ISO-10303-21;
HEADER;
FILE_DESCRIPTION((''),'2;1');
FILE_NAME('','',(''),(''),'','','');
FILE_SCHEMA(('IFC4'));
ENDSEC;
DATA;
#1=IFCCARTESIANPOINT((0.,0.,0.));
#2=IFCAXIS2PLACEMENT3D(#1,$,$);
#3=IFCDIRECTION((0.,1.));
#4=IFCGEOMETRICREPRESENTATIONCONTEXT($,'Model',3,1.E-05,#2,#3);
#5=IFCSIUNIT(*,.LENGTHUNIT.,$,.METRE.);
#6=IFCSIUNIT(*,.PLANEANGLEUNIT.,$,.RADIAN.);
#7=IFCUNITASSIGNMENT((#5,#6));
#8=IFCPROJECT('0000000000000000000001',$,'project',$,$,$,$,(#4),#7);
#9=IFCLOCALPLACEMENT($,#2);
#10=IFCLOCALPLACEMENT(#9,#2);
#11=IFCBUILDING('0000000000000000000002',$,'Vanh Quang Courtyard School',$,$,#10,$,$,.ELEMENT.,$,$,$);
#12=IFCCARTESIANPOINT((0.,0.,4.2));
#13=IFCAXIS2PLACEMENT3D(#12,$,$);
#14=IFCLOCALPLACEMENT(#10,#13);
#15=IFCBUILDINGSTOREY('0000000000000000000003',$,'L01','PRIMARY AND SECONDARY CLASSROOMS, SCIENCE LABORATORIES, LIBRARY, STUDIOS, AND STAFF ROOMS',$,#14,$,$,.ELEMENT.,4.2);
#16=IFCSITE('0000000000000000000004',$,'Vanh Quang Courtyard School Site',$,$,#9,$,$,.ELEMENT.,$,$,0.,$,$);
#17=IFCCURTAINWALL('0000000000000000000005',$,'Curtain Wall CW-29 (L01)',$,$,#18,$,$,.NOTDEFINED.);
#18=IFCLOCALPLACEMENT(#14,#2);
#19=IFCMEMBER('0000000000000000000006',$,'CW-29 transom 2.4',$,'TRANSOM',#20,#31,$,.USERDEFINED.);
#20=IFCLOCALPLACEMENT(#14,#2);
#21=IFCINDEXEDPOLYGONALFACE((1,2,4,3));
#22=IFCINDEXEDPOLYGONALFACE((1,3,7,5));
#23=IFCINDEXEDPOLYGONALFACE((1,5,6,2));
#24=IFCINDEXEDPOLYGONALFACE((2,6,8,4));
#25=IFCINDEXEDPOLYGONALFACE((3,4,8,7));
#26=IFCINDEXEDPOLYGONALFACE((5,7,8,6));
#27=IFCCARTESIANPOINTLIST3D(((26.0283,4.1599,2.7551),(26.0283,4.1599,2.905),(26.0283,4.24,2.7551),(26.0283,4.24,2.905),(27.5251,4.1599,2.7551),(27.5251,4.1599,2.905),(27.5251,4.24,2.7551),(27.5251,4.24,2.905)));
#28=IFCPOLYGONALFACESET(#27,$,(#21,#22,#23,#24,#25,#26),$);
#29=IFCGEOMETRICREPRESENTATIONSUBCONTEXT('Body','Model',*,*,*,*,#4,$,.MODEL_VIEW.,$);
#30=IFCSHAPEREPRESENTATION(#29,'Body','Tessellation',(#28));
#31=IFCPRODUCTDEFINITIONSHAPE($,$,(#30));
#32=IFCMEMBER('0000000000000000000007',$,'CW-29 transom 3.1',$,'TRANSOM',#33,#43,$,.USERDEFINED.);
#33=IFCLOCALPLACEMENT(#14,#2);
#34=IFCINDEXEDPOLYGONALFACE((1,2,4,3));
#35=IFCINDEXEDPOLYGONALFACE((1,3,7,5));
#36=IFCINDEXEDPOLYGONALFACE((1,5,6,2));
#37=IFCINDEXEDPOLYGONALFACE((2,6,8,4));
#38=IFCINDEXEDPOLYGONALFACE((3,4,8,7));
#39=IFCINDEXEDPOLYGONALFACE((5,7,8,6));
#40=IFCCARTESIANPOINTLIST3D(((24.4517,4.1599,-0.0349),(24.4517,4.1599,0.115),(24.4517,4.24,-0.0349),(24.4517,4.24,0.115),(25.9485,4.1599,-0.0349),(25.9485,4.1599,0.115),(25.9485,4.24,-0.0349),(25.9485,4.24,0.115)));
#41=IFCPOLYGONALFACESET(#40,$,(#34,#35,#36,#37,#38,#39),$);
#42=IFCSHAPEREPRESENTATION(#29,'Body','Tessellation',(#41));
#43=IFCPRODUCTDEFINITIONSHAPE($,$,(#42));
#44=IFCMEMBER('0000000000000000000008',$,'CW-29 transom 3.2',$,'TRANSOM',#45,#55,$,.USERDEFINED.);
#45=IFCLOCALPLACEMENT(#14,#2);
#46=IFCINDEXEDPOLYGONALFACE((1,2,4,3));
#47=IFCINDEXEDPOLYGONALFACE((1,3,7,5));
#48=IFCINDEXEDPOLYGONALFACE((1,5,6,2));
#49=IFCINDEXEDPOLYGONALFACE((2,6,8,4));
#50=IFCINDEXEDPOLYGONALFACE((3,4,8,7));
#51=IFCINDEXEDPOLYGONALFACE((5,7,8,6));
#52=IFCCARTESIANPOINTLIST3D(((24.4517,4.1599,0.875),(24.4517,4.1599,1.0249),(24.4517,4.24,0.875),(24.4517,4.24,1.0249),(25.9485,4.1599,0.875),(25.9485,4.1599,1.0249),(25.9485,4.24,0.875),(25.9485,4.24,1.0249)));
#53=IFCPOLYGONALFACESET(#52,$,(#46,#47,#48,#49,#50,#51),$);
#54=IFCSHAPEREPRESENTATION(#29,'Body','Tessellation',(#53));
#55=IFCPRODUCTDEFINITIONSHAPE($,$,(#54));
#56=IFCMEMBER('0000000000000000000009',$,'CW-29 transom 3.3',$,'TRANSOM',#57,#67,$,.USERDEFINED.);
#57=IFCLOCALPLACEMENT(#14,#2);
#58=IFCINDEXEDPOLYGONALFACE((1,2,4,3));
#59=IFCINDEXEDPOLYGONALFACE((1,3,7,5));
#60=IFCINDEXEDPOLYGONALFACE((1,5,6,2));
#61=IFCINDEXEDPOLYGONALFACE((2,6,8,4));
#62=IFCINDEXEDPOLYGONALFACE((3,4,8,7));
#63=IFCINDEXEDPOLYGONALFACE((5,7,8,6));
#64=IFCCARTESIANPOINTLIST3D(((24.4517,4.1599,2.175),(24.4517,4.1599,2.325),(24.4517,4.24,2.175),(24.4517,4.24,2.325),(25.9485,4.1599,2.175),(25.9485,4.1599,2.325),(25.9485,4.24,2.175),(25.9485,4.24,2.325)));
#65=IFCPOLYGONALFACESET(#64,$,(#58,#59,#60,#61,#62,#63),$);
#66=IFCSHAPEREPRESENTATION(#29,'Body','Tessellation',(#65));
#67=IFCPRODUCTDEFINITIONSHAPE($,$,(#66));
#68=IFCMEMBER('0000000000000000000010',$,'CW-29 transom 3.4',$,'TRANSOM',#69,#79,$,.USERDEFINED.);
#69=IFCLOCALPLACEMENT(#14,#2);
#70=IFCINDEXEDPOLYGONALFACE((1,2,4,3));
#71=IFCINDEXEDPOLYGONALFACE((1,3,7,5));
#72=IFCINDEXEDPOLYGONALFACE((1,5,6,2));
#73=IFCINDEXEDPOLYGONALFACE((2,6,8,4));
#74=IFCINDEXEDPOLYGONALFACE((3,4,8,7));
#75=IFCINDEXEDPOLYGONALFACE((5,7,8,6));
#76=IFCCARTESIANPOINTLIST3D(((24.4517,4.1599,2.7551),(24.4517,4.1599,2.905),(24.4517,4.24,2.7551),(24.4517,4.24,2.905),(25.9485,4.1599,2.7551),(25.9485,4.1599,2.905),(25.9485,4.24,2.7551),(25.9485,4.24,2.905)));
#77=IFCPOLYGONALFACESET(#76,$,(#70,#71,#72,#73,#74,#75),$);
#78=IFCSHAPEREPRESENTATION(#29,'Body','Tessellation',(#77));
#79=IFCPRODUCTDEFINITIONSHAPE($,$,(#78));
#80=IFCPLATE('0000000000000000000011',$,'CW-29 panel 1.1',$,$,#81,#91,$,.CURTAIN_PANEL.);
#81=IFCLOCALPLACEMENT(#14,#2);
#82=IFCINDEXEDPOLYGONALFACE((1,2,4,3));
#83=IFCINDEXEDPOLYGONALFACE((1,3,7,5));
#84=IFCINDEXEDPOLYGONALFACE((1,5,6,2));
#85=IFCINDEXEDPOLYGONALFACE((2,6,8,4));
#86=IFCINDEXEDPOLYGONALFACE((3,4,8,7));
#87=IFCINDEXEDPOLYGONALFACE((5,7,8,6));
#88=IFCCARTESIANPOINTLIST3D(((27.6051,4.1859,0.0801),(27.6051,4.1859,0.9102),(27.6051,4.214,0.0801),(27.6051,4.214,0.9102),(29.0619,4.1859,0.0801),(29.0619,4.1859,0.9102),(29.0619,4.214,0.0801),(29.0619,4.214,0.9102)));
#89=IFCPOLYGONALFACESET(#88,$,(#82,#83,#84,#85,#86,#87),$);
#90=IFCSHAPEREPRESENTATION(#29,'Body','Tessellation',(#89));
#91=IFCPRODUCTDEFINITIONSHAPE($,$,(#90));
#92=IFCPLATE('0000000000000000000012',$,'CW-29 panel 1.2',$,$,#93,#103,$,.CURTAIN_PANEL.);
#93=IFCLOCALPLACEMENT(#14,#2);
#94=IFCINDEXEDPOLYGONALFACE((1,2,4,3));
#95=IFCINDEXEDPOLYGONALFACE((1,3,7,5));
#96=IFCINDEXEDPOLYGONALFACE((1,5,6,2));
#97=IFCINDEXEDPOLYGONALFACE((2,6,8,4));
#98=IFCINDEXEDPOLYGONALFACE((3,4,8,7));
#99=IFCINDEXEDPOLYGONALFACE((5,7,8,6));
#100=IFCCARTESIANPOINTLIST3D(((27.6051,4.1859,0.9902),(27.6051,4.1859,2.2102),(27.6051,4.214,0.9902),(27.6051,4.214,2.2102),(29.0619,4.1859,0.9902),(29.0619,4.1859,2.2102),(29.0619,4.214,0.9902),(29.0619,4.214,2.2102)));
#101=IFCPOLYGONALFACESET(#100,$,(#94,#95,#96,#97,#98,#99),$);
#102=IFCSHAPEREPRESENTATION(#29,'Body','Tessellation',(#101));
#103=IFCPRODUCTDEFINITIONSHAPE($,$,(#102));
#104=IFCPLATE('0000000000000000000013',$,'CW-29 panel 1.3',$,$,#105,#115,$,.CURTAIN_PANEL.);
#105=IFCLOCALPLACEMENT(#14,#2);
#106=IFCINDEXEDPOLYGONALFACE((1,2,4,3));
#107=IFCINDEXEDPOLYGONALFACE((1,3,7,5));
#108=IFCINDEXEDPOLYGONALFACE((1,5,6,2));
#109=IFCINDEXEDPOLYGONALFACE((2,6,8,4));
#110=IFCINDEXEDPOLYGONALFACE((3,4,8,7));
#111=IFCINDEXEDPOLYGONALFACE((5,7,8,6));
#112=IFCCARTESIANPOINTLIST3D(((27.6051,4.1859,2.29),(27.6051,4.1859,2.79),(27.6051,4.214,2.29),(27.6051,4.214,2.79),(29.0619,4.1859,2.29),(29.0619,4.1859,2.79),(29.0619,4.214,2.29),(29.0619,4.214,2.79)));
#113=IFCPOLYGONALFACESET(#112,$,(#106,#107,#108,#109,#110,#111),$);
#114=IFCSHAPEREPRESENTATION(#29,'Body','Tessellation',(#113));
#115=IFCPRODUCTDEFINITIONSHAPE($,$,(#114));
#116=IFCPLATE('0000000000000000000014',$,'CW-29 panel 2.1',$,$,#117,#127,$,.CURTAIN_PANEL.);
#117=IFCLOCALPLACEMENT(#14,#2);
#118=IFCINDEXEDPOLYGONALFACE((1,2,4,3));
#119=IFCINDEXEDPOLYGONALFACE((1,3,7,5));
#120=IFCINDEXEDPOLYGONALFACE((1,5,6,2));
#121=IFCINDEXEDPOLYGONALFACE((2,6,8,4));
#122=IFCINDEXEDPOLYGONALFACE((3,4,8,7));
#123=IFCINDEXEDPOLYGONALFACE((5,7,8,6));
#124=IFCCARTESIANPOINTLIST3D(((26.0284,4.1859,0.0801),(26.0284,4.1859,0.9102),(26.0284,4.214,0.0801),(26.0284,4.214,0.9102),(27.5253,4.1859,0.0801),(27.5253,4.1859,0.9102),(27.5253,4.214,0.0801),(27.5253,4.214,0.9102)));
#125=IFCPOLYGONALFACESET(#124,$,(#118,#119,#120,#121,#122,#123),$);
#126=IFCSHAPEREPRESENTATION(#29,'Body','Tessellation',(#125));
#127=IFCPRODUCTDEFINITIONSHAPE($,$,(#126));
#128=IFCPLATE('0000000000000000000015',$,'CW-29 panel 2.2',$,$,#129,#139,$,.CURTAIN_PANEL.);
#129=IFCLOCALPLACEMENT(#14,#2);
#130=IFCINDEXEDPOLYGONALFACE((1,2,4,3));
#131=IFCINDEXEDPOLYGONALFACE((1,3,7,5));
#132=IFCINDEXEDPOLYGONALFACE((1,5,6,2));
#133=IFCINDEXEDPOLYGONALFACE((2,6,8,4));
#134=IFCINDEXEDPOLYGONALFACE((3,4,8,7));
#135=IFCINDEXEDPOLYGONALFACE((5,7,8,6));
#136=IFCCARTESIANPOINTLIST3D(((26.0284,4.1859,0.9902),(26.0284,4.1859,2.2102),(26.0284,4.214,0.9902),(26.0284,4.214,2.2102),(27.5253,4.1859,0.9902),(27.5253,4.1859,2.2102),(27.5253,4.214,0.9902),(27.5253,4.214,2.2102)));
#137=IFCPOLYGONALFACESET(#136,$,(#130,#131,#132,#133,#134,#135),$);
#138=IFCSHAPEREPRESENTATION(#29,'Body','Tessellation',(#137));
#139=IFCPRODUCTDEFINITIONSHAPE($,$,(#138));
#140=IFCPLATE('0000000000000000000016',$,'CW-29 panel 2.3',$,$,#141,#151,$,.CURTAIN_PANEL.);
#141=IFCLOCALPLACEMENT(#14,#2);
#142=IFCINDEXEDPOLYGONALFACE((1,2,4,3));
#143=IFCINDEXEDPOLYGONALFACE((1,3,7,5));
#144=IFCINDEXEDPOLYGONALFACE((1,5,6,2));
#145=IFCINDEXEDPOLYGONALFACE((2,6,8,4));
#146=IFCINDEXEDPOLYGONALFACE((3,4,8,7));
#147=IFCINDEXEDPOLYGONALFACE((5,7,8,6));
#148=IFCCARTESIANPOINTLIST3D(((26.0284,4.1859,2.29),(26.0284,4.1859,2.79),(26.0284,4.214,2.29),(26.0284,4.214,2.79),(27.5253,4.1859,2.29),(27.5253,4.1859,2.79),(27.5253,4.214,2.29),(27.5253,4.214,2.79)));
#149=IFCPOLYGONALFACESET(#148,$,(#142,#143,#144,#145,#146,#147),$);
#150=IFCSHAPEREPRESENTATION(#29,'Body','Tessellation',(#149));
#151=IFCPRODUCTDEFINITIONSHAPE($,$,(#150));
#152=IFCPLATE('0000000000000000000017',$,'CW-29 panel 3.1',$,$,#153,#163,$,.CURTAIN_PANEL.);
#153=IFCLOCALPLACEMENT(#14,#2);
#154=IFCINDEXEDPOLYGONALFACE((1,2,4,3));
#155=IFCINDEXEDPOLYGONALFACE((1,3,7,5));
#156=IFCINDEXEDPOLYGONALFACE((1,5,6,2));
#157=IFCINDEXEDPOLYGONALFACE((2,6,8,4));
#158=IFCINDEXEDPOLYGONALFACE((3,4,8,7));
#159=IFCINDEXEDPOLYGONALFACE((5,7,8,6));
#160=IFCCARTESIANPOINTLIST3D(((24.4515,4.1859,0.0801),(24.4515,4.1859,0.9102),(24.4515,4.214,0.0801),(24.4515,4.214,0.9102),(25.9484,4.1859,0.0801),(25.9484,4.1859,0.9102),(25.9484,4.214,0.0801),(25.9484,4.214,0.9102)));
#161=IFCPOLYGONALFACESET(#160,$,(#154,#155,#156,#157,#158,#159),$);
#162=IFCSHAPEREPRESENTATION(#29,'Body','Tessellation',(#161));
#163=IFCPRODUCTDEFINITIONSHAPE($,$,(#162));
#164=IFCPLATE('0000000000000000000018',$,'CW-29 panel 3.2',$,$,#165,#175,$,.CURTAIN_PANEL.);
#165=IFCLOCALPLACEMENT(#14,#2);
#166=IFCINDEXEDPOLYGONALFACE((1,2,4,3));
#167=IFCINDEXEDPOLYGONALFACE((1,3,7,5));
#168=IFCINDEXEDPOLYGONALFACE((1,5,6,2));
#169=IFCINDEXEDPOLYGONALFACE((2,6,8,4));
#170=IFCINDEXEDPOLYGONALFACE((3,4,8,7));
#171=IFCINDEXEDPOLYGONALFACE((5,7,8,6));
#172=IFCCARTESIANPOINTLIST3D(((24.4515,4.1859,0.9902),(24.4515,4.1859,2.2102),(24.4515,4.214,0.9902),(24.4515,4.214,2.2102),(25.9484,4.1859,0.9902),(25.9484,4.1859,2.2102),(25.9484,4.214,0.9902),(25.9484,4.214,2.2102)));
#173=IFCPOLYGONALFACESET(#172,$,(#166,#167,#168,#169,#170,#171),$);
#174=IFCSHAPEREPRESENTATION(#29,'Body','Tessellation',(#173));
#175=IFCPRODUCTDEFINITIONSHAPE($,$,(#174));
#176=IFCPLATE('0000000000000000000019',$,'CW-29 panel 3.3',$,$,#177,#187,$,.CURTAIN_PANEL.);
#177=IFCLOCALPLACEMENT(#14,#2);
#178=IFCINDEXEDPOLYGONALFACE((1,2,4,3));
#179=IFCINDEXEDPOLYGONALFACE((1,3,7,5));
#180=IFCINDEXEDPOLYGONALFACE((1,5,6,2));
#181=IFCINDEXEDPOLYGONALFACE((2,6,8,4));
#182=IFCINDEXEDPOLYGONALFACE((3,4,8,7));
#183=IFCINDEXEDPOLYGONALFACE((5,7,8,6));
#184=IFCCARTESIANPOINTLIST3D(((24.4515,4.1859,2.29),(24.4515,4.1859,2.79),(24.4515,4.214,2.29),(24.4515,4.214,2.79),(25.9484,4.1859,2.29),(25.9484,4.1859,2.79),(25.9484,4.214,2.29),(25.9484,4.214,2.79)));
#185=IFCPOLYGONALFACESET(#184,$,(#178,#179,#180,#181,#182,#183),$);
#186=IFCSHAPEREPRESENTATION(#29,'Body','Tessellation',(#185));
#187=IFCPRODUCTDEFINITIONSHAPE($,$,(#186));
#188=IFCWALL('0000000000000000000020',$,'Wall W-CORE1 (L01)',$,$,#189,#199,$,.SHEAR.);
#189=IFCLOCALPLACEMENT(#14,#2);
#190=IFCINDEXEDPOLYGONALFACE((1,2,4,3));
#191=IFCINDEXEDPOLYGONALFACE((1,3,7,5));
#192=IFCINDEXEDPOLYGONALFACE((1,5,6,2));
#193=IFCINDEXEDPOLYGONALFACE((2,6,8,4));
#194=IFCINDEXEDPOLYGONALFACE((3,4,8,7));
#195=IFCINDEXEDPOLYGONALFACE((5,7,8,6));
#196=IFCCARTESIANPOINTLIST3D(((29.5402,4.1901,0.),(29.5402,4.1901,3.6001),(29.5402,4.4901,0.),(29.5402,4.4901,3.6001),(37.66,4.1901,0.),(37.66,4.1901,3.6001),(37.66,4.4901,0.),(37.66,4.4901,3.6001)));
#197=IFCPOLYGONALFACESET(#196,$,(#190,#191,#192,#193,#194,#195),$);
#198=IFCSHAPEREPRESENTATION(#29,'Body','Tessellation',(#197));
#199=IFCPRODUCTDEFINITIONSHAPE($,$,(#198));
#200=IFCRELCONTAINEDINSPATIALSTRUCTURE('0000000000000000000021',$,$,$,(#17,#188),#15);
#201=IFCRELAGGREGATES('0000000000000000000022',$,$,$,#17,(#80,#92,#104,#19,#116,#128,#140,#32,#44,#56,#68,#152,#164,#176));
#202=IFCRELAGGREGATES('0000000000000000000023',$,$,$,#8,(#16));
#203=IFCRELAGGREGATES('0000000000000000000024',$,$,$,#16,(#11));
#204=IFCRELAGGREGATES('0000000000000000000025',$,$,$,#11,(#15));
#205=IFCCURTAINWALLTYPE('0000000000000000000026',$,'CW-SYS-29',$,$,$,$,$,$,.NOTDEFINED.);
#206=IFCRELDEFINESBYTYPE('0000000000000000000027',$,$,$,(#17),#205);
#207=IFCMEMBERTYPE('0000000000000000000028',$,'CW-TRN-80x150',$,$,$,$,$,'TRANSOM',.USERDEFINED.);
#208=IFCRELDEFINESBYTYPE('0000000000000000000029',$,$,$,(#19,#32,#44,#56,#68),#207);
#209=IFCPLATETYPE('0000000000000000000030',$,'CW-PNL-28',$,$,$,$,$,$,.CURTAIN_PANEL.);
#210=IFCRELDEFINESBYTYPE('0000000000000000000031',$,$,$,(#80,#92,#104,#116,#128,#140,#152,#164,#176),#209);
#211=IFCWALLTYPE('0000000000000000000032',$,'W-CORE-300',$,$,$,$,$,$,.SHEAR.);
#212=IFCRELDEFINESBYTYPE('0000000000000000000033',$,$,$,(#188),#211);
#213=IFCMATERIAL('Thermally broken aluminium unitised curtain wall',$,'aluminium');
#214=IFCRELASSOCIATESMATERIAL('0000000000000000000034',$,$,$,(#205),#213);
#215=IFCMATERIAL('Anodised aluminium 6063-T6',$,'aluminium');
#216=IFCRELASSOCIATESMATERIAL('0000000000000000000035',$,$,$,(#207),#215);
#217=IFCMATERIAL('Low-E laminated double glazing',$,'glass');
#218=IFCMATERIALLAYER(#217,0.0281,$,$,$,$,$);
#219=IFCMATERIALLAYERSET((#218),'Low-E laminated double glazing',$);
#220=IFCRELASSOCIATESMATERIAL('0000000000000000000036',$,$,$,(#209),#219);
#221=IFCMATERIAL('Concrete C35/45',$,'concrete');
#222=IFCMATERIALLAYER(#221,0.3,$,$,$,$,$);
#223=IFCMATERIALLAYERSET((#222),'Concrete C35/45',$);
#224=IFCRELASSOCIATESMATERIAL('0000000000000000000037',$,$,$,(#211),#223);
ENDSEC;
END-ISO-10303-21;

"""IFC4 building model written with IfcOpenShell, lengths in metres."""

from ifc_helpers import new_model, si_unit, direction, frame, frame_2d, origin, origin_2d, place, context, subcontext, project, spatial, rectangle, extrude, material, layer, layer_set, material_profile, profile_set, type_object, element, aggregate, save


model = new_model("IFC4")

# Units and contexts
model_context = context("Model", 3, precision=1e-05, world=origin(), true_north=direction((0.0, 1.0)))
body_context = subcontext(model_context, "Body", "Model", "MODEL_VIEW")
ifc_project = project(units=[si_unit("LENGTHUNIT", "METRE"), si_unit("PLANEANGLEUNIT", "RADIAN")], contexts=[model_context])

# Site, building, storey
site_placement = place(None, origin())
site = spatial("IfcSite", under=ifc_project, at=site_placement, Name="Vanh Quang Courtyard School Site", CompositionType="ELEMENT", RefElevation=0.0)
building_placement = place(site_placement, origin())
building = spatial("IfcBuilding", under=site, at=building_placement, Name="Vanh Quang Courtyard School", CompositionType="ELEMENT")
storey_placement = place(building_placement, frame((0.0, 0.0, 4.2)))
storey = spatial("IfcBuildingStorey", under=building, at=storey_placement, Name="L01", Description="PRIMARY AND SECONDARY CLASSROOMS, SCIENCE LABORATORIES, LIBRARY, STUDIOS, AND STAFF ROOMS", CompositionType="ELEMENT", Elevation=4.2)

# Shared definitions
ifc_material_1 = material(Name="Concrete C35/45", Category="concrete")

# Curtain wall, members, plates
ifc_material_2 = material(Name="Thermally broken aluminium unitised curtain wall", Category="aluminium")
curtain_wall_type = type_object("IfcCurtainWallType", Name="CW-SYS-29", PredefinedType="NOTDEFINED", material=ifc_material_2)
curtain_wall_placement = place(storey_placement, origin())
curtain_wall = element("IfcCurtainWall", 1, at=curtain_wall_placement, inside=storey, type_object=curtain_wall_type, Name="Curtain Wall CW-29 (L01)", PredefinedType="NOTDEFINED")
ifc_material_3 = material(Name="Anodised aluminium 6063-T6", Category="aluminium")
ifc_material_profile_1 = material_profile(ifc_material_3, rectangle(XDim=0.0801, YDim=0.1499, at=origin_2d()), Name="ALU-TRN 80x150")
ifc_profile_set_1 = profile_set([ifc_material_profile_1], Name="Anodised aluminium 6063-T6")
member_type_1 = type_object("IfcMemberType", Name="CW-TRN-80x150", ElementType="TRANSOM", PredefinedType="USERDEFINED", material=ifc_profile_set_1)
member_1_placement = place(storey_placement, frame((27.5251, 4.2, 2.8301), z_axis=(-1.0, 0.0, 0.0), x_axis=(0.0, -1.0, 0.0)))
member_1 = element("IfcMember", 2, at=member_1_placement, type_object=member_type_1, Name="CW-29 transom 2.4", ObjectType="TRANSOM", PredefinedType="USERDEFINED", context=body_context, shape_type="SweptSolid", body=[
    extrude(rectangle(XDim=0.0801, YDim=0.1499, at=origin_2d()), origin(), (0.0, 0.0, 1.0), 1.4968),
])
member_2_placement = place(storey_placement, frame((25.9485, 4.2, 0.04), z_axis=(-1.0, 0.0, 0.0), x_axis=(0.0, -1.0, 0.0)))
member_2 = element("IfcMember", 3, at=member_2_placement, type_object=member_type_1, Name="CW-29 transom 3.1", ObjectType="TRANSOM", PredefinedType="USERDEFINED", context=body_context, shape_type="SweptSolid", body=[
    extrude(rectangle(XDim=0.0801, YDim=0.1499, at=origin_2d()), origin(), (0.0, 0.0, 1.0), 1.4968),
])
member_3_placement = place(storey_placement, frame((25.9485, 4.2, 0.95), z_axis=(-1.0, 0.0, 0.0), x_axis=(0.0, -1.0, 0.0)))
member_3 = element("IfcMember", 4, at=member_3_placement, type_object=member_type_1, Name="CW-29 transom 3.2", ObjectType="TRANSOM", PredefinedType="USERDEFINED", context=body_context, shape_type="SweptSolid", body=[
    extrude(rectangle(XDim=0.0801, YDim=0.1499, at=origin_2d()), origin(), (0.0, 0.0, 1.0), 1.4968),
])
member_4_placement = place(storey_placement, frame((25.9485, 4.2, 2.25), z_axis=(-1.0, 0.0, 0.0), x_axis=(0.0, -1.0, 0.0)))
member_4 = element("IfcMember", 5, at=member_4_placement, type_object=member_type_1, Name="CW-29 transom 3.3", ObjectType="TRANSOM", PredefinedType="USERDEFINED", context=body_context, shape_type="SweptSolid", body=[
    extrude(rectangle(XDim=0.0801, YDim=0.1499, at=origin_2d()), origin(), (0.0, 0.0, 1.0), 1.4968),
])
member_5_placement = place(storey_placement, frame((25.9485, 4.2, 2.8301), z_axis=(-1.0, 0.0, 0.0), x_axis=(0.0, -1.0, 0.0)))
member_5 = element("IfcMember", 6, at=member_5_placement, type_object=member_type_1, Name="CW-29 transom 3.4", ObjectType="TRANSOM", PredefinedType="USERDEFINED", context=body_context, shape_type="SweptSolid", body=[
    extrude(rectangle(XDim=0.0801, YDim=0.1499, at=origin_2d()), origin(), (0.0, 0.0, 1.0), 1.4968),
])
ifc_material_4 = material(Name="Low-E laminated double glazing", Category="glass")
ifc_layer_1 = layer(ifc_material_4, 0.0281)
ifc_layer_set_1 = layer_set([ifc_layer_1], Name="Low-E laminated double glazing")
plate_type = type_object("IfcPlateType", Name="CW-PNL-28", PredefinedType="CURTAIN_PANEL", material=ifc_layer_set_1)
plate_1_placement = place(storey_placement, frame((28.3335, 4.2, 0.0801), z_axis=(0.0, 0.0, 1.0), x_axis=(-1.0, 0.0, 0.0)))
plate_1 = element("IfcPlate", 7, at=plate_1_placement, type_object=plate_type, Name="CW-29 panel 1.1", PredefinedType="CURTAIN_PANEL", context=body_context, shape_type="SweptSolid", body=[
    extrude(rectangle(XDim=1.4568, YDim=0.0281, at=origin_2d()), origin(), (0.0, 0.0, 1.0), 0.8301),
])
plate_2_placement = place(storey_placement, frame((28.3335, 4.2, 0.9902), z_axis=(0.0, 0.0, 1.0), x_axis=(-1.0, 0.0, 0.0)))
plate_2 = element("IfcPlate", 8, at=plate_2_placement, type_object=plate_type, Name="CW-29 panel 1.2", PredefinedType="CURTAIN_PANEL", context=body_context, shape_type="SweptSolid", body=[
    extrude(rectangle(XDim=1.4568, YDim=0.0281, at=origin_2d()), origin(), (0.0, 0.0, 1.0), 1.22),
])
plate_3_placement = place(storey_placement, frame((28.3335, 4.2, 2.29), z_axis=(0.0, 0.0, 1.0), x_axis=(-1.0, 0.0, 0.0)))
plate_3 = element("IfcPlate", 9, at=plate_3_placement, type_object=plate_type, Name="CW-29 panel 1.3", PredefinedType="CURTAIN_PANEL", context=body_context, shape_type="SweptSolid", body=[
    extrude(rectangle(XDim=1.4568, YDim=0.0281, at=origin_2d()), origin(), (0.0, 0.0, 1.0), 0.5),
])
plate_4_placement = place(storey_placement, frame((26.7769, 4.2, 0.0801), z_axis=(0.0, 0.0, 1.0), x_axis=(-1.0, 0.0, 0.0)))
plate_4 = element("IfcPlate", 10, at=plate_4_placement, type_object=plate_type, Name="CW-29 panel 2.1", PredefinedType="CURTAIN_PANEL", context=body_context, shape_type="SweptSolid", body=[
    extrude(rectangle(XDim=1.4968, YDim=0.0281, at=origin_2d()), origin(), (0.0, 0.0, 1.0), 0.8301),
])
plate_5_placement = place(storey_placement, frame((26.7769, 4.2, 0.9902), z_axis=(0.0, 0.0, 1.0), x_axis=(-1.0, 0.0, 0.0)))
plate_5 = element("IfcPlate", 11, at=plate_5_placement, type_object=plate_type, Name="CW-29 panel 2.2", PredefinedType="CURTAIN_PANEL", context=body_context, shape_type="SweptSolid", body=[
    extrude(rectangle(XDim=1.4968, YDim=0.0281, at=origin_2d()), origin(), (0.0, 0.0, 1.0), 1.22),
])
plate_6_placement = place(storey_placement, frame((26.7769, 4.2, 2.29), z_axis=(0.0, 0.0, 1.0), x_axis=(-1.0, 0.0, 0.0)))
plate_6 = element("IfcPlate", 12, at=plate_6_placement, type_object=plate_type, Name="CW-29 panel 2.3", PredefinedType="CURTAIN_PANEL", context=body_context, shape_type="SweptSolid", body=[
    extrude(rectangle(XDim=1.4968, YDim=0.0281, at=origin_2d()), origin(), (0.0, 0.0, 1.0), 0.5),
])
plate_7_placement = place(storey_placement, frame((25.2, 4.2, 0.0801), z_axis=(0.0, 0.0, 1.0), x_axis=(-1.0, 0.0, 0.0)))
plate_7 = element("IfcPlate", 13, at=plate_7_placement, type_object=plate_type, Name="CW-29 panel 3.1", PredefinedType="CURTAIN_PANEL", context=body_context, shape_type="SweptSolid", body=[
    extrude(rectangle(XDim=1.4968, YDim=0.0281, at=origin_2d()), origin(), (0.0, 0.0, 1.0), 0.8301),
])
plate_8_placement = place(storey_placement, frame((25.2, 4.2, 0.9902), z_axis=(0.0, 0.0, 1.0), x_axis=(-1.0, 0.0, 0.0)))
plate_8 = element("IfcPlate", 14, at=plate_8_placement, type_object=plate_type, Name="CW-29 panel 3.2", PredefinedType="CURTAIN_PANEL", context=body_context, shape_type="SweptSolid", body=[
    extrude(rectangle(XDim=1.4968, YDim=0.0281, at=origin_2d()), origin(), (0.0, 0.0, 1.0), 1.22),
])
plate_9_placement = place(storey_placement, frame((25.2, 4.2, 2.29), z_axis=(0.0, 0.0, 1.0), x_axis=(-1.0, 0.0, 0.0)))
plate_9 = element("IfcPlate", 15, at=plate_9_placement, type_object=plate_type, Name="CW-29 panel 3.3", PredefinedType="CURTAIN_PANEL", context=body_context, shape_type="SweptSolid", body=[
    extrude(rectangle(XDim=1.4968, YDim=0.0281, at=origin_2d()), origin(), (0.0, 0.0, 1.0), 0.5),
])
aggregate(curtain_wall, [plate_1, plate_2, plate_3, member_1, plate_4, plate_5, plate_6, member_2, member_3, member_4, member_5, plate_7, plate_8, plate_9])

# Wall
ifc_layer_2 = layer(ifc_material_1, 0.3)
ifc_layer_set_2 = layer_set([ifc_layer_2], Name="Concrete C35/45")
wall_type = type_object("IfcWallType", Name="W-CORE-300", PredefinedType="SHEAR", material=ifc_layer_set_2)
wall_placement = place(storey_placement, frame((29.54, 4.3401, 0.0), z_axis=(0.0, 0.0, 1.0), x_axis=(1.0, 0.0, 0.0)))
element("IfcWall", 16, at=wall_placement, inside=storey, type_object=wall_type, Name="Wall W-CORE1 (L01)", PredefinedType="SHEAR", context=body_context, shape_type="SweptSolid", body=[
    extrude(rectangle(XDim=8.1199, YDim=0.3, at=frame_2d((4.0601, 0.0))), origin(), (0.0, 0.0, 1.0), 3.6001),
])

save(model, "model.ifc")
